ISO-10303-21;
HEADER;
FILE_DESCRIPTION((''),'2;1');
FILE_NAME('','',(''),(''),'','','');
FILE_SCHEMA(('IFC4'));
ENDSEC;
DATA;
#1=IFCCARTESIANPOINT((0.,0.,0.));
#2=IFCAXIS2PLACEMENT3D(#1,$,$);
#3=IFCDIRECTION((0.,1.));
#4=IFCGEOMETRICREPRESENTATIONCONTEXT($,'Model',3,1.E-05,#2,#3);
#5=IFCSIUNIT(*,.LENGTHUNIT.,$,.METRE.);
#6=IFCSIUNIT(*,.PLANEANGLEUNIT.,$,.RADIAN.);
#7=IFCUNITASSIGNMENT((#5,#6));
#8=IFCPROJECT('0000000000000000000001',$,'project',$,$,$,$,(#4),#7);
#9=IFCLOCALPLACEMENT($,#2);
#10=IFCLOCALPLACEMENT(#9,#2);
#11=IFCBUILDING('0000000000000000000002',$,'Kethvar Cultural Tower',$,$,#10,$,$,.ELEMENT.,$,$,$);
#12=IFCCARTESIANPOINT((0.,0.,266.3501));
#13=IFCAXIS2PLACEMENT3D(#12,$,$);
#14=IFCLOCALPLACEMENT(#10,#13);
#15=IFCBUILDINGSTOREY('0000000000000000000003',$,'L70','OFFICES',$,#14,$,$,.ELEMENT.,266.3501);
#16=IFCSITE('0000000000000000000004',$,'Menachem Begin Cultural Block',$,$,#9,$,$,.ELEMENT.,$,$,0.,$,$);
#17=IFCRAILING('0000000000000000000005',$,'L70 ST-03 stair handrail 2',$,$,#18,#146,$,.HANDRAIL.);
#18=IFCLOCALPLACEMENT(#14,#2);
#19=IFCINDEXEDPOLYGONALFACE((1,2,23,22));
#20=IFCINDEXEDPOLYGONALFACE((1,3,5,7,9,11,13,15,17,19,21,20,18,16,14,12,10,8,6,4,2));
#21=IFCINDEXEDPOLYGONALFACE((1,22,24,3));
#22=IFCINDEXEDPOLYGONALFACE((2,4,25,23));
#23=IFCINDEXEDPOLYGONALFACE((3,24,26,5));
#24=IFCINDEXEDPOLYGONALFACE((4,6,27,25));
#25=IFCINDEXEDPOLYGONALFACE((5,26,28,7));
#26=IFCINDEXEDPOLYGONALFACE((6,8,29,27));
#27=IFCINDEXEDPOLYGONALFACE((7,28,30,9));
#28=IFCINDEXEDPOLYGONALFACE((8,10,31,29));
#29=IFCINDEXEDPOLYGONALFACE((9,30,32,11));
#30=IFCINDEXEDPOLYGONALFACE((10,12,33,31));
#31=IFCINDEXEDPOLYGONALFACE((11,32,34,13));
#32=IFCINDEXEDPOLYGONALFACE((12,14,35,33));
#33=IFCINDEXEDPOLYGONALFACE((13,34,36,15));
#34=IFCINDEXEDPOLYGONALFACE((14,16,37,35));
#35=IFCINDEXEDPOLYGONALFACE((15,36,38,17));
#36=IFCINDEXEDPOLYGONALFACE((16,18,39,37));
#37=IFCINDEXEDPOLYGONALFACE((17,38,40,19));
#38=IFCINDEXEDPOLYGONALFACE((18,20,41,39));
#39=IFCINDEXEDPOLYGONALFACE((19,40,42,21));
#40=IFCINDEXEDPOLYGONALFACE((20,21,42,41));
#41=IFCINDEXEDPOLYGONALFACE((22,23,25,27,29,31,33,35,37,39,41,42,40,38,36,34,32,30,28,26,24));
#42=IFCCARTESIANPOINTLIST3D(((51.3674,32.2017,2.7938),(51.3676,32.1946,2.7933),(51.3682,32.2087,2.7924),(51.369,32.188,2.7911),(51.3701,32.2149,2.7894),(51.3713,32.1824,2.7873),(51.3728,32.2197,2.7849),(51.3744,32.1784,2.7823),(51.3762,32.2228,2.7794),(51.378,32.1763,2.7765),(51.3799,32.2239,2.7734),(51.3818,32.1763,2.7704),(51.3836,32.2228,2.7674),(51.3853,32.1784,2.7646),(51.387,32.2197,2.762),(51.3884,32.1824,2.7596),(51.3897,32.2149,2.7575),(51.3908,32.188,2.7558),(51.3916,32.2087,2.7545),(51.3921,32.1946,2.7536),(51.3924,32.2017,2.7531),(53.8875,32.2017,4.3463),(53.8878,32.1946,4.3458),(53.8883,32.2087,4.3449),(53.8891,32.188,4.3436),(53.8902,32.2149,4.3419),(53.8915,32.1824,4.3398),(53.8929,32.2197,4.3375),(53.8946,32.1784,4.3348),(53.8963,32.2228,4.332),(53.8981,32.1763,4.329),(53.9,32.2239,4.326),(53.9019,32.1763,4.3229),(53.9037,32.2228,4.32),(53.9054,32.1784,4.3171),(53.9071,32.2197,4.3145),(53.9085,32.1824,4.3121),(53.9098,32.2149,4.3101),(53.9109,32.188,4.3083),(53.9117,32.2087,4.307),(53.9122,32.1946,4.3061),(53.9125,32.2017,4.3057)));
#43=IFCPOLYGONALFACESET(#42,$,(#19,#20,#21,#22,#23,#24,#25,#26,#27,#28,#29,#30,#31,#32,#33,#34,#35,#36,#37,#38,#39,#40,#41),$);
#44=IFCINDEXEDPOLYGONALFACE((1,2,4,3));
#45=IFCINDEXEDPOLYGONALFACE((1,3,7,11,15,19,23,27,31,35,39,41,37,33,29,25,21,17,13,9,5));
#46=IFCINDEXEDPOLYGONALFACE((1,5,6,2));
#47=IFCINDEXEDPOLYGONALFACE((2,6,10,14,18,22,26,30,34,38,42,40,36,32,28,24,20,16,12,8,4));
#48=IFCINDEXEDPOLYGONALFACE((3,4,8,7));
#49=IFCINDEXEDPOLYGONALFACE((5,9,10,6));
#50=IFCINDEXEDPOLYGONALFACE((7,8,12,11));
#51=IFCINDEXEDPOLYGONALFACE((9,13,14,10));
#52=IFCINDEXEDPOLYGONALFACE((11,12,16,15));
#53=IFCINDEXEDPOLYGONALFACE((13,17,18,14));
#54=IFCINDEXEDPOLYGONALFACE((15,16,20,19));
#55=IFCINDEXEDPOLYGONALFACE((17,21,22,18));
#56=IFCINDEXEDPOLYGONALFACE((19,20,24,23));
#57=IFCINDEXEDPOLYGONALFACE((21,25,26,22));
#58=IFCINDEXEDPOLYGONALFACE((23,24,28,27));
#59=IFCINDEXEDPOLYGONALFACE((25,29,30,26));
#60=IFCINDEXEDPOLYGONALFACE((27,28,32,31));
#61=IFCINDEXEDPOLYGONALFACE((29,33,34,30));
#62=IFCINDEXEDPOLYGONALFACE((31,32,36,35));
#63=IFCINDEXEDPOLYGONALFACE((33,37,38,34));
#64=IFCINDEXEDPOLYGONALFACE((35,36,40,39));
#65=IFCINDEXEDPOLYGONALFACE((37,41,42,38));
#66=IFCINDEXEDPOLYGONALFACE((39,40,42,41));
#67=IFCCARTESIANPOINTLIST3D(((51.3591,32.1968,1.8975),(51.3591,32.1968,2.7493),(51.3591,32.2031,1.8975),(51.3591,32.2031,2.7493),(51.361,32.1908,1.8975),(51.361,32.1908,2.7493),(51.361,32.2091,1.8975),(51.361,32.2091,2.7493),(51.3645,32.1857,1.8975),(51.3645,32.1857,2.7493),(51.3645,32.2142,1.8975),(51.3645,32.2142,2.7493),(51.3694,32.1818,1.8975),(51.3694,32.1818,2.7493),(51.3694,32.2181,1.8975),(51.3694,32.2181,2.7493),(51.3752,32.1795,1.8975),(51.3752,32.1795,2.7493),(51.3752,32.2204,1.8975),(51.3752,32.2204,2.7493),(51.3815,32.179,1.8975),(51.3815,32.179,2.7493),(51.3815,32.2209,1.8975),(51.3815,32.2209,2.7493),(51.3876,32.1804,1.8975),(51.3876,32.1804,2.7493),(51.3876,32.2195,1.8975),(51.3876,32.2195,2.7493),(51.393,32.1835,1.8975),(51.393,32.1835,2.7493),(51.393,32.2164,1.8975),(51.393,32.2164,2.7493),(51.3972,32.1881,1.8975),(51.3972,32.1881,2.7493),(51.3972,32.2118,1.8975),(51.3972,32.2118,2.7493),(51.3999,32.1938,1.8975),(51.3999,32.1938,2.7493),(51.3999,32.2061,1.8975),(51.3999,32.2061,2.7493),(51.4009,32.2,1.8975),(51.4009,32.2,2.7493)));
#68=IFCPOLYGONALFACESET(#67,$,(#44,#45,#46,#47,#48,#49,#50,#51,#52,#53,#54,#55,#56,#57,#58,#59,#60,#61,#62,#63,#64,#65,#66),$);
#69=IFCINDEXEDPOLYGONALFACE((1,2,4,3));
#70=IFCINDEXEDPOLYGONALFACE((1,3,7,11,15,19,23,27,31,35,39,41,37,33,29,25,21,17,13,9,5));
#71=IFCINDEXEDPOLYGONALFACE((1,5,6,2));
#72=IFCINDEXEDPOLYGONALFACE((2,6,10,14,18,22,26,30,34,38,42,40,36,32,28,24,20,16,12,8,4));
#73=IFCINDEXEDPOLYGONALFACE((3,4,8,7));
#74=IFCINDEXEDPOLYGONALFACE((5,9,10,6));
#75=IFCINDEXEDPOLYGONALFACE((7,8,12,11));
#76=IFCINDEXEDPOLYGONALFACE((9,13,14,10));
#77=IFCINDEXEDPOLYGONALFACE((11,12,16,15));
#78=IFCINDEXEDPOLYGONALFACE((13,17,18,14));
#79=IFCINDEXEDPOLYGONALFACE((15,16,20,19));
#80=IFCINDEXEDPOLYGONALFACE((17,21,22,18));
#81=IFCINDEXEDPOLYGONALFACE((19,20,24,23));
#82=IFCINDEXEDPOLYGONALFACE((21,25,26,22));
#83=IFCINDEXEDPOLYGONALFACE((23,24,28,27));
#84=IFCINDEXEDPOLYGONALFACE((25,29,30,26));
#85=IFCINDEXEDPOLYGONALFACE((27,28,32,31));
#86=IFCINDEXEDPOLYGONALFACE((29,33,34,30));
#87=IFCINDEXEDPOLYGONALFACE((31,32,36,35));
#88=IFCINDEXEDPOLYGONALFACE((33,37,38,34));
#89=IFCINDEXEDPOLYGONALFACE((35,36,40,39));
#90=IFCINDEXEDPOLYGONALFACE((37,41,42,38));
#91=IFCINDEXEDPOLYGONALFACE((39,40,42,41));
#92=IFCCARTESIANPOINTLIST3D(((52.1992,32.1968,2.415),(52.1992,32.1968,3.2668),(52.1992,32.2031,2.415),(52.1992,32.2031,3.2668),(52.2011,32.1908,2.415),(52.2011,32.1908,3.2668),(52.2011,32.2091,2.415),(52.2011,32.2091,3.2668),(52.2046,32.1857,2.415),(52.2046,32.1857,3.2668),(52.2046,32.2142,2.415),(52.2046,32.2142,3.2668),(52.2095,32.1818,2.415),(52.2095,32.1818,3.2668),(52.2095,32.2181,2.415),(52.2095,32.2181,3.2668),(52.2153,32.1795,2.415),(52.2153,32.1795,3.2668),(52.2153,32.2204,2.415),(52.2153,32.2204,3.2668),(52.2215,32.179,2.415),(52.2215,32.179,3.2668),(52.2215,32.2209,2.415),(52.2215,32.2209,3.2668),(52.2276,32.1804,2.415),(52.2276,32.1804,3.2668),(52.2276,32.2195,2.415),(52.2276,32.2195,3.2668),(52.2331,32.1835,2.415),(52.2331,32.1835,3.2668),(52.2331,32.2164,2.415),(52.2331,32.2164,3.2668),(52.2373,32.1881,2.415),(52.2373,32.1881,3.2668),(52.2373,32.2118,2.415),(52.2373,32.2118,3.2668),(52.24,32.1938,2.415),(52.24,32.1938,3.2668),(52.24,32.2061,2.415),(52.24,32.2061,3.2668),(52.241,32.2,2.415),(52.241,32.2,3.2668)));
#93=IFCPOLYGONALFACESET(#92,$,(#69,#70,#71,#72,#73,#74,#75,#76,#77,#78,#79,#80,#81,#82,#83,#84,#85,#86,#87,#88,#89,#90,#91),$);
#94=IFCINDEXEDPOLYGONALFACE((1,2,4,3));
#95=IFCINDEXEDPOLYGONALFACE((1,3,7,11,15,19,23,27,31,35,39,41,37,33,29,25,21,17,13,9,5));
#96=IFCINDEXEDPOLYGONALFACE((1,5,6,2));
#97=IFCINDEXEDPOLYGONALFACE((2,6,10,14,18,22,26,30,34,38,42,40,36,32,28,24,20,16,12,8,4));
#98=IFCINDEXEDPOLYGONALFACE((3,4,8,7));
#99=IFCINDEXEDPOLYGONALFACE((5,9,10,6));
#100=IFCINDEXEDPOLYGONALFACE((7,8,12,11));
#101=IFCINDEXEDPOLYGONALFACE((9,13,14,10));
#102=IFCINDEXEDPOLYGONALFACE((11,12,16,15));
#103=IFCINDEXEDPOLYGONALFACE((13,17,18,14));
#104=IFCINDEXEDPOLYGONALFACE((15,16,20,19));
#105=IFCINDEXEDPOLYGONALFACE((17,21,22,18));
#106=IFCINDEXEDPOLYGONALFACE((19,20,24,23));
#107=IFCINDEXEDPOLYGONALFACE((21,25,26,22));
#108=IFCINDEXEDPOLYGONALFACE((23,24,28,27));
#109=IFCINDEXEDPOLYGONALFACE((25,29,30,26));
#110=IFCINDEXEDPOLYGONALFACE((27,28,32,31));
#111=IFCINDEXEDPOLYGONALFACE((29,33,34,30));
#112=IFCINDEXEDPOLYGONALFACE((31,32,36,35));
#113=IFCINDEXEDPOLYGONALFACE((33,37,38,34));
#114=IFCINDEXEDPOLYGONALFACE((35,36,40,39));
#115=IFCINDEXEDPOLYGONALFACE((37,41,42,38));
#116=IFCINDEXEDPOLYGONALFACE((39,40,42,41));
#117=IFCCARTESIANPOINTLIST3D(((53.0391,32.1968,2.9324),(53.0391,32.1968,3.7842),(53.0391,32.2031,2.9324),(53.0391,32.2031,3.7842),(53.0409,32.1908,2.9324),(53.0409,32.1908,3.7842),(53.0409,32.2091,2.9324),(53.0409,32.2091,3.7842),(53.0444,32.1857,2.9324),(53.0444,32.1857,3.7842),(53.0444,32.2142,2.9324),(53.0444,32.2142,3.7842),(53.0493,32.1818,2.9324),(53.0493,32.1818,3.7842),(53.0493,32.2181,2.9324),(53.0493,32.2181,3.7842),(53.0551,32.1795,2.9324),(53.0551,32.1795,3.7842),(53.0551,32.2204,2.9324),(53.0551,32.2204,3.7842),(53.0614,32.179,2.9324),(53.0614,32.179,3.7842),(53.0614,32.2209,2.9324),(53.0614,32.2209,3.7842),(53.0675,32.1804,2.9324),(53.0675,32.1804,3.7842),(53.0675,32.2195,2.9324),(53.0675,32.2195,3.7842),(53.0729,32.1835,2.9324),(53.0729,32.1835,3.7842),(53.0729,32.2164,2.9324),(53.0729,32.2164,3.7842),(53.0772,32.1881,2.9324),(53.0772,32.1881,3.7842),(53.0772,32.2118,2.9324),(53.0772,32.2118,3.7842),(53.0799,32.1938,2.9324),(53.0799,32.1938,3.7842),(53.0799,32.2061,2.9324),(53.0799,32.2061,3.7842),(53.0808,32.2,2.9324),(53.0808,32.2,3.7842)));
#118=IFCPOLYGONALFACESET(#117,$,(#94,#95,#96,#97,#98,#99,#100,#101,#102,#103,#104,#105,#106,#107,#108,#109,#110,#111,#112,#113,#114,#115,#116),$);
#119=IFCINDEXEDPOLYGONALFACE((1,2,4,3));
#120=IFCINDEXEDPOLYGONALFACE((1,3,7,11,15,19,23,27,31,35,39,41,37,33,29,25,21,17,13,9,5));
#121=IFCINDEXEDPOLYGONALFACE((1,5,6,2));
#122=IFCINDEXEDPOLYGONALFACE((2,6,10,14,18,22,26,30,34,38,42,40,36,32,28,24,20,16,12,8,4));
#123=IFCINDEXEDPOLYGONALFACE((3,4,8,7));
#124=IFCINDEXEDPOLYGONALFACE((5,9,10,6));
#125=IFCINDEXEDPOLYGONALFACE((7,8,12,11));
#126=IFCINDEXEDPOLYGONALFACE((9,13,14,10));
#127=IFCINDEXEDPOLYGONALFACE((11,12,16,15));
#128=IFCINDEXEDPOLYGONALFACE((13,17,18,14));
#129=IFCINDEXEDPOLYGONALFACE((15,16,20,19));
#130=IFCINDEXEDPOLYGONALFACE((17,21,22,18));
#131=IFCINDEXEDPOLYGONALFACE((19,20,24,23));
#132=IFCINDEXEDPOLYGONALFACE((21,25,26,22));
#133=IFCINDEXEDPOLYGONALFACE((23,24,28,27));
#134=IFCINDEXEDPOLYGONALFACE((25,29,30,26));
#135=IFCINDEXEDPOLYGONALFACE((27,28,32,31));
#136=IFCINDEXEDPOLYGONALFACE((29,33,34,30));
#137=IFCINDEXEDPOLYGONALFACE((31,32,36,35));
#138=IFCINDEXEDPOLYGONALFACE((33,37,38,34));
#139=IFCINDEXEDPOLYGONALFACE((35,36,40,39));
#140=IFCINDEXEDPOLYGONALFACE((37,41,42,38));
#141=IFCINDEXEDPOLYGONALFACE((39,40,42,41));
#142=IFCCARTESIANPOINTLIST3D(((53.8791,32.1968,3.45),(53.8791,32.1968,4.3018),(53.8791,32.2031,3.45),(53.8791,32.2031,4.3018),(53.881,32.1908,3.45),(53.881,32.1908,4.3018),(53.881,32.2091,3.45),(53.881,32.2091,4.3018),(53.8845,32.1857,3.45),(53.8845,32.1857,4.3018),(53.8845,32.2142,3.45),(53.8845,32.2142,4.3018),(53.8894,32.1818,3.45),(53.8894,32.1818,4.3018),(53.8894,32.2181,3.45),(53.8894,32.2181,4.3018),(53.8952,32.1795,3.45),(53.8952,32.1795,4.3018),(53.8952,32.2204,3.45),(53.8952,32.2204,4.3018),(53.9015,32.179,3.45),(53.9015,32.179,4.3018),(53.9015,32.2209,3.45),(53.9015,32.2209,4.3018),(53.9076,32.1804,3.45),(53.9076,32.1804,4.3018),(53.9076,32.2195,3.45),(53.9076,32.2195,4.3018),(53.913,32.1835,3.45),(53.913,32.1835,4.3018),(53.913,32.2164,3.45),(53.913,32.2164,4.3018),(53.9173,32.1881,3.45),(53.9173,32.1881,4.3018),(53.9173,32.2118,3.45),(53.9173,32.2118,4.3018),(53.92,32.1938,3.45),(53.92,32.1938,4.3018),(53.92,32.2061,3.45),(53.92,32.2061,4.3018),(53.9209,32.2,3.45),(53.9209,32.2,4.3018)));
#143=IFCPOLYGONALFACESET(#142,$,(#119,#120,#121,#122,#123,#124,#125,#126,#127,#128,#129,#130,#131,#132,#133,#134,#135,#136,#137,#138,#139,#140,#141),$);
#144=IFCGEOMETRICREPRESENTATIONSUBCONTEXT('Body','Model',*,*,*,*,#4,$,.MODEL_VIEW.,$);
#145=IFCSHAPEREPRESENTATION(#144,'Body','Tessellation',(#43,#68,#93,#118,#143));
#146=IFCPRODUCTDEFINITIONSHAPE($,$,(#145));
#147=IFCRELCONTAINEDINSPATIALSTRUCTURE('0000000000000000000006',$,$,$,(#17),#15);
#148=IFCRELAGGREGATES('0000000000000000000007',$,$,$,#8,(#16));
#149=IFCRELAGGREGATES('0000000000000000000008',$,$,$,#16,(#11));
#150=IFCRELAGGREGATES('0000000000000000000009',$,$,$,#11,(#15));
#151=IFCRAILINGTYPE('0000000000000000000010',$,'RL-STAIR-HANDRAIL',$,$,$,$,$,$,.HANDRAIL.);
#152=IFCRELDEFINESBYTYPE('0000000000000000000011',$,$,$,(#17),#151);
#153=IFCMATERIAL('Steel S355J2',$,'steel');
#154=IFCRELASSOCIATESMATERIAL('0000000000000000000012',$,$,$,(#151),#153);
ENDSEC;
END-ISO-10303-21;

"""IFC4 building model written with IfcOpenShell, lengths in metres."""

from ifc_helpers import new_model, si_unit, direction, frame, origin, origin_2d, place, context, subcontext, project, spatial, circle, extrude, material, type_object, element, save


model = new_model("IFC4")

# Units and contexts
model_context = context("Model", 3, precision=1e-05, world=origin(), true_north=direction((0.0, 1.0)))
body_context = subcontext(model_context, "Body", "Model", "MODEL_VIEW")
ifc_project = project(units=[si_unit("LENGTHUNIT", "METRE"), si_unit("PLANEANGLEUNIT", "RADIAN")], contexts=[model_context])

# Site, building, storey
site_placement = place(None, origin())
site = spatial("IfcSite", under=ifc_project, at=site_placement, Name="Menachem Begin Cultural Block", CompositionType="ELEMENT", RefElevation=0.0)
building_placement = place(site_placement, origin())
building = spatial("IfcBuilding", under=site, at=building_placement, Name="Kethvar Cultural Tower", CompositionType="ELEMENT")
storey_placement = place(building_placement, frame((0.0, 0.0, 266.3501)))
storey = spatial("IfcBuildingStorey", under=building, at=storey_placement, Name="L70", Description="OFFICES", CompositionType="ELEMENT", Elevation=266.3501)

# Shared definitions
ifc_material_1 = material(Name="Steel S355J2", Category="steel")

# Railing
railing_type_1 = type_object("IfcRailingType", Name="RL-STAIR-HANDRAIL", PredefinedType="HANDRAIL", material=ifc_material_1)
railing_1_placement = place(storey_placement, frame((51.3799, 32.2, 1.8975)))
element("IfcRailing", 1, at=railing_1_placement, inside=storey, type_object=railing_type_1, Name="L70 ST-03 stair handrail 2", PredefinedType="HANDRAIL", context=body_context, shape_type="SweptSolid", body=[
    extrude(circle(Radius=0.0239, at=origin_2d()), frame((0.0, 0.0, 0.876), z_axis=(0.8514, 0.0, 0.524516), x_axis=(0.0, 1.0, 0.0)), (0.0, 0.0, 1.0), 2.96),
    extrude(circle(Radius=0.021, at=origin_2d()), origin(), (0.0, 0.0, 1.0), 0.8518),
    extrude(circle(Radius=0.021, at=origin_2d()), frame((0.8401, 0.0, 0.5176)), (0.0, 0.0, 1.0), 0.8518),
    extrude(circle(Radius=0.021, at=origin_2d()), frame((1.6799, 0.0, 1.0349)), (0.0, 0.0, 1.0), 0.8518),
    extrude(circle(Radius=0.021, at=origin_2d()), frame((2.52, 0.0, 1.5525)), (0.0, 0.0, 1.0), 0.8518),
])

save(model, "model.ifc")
